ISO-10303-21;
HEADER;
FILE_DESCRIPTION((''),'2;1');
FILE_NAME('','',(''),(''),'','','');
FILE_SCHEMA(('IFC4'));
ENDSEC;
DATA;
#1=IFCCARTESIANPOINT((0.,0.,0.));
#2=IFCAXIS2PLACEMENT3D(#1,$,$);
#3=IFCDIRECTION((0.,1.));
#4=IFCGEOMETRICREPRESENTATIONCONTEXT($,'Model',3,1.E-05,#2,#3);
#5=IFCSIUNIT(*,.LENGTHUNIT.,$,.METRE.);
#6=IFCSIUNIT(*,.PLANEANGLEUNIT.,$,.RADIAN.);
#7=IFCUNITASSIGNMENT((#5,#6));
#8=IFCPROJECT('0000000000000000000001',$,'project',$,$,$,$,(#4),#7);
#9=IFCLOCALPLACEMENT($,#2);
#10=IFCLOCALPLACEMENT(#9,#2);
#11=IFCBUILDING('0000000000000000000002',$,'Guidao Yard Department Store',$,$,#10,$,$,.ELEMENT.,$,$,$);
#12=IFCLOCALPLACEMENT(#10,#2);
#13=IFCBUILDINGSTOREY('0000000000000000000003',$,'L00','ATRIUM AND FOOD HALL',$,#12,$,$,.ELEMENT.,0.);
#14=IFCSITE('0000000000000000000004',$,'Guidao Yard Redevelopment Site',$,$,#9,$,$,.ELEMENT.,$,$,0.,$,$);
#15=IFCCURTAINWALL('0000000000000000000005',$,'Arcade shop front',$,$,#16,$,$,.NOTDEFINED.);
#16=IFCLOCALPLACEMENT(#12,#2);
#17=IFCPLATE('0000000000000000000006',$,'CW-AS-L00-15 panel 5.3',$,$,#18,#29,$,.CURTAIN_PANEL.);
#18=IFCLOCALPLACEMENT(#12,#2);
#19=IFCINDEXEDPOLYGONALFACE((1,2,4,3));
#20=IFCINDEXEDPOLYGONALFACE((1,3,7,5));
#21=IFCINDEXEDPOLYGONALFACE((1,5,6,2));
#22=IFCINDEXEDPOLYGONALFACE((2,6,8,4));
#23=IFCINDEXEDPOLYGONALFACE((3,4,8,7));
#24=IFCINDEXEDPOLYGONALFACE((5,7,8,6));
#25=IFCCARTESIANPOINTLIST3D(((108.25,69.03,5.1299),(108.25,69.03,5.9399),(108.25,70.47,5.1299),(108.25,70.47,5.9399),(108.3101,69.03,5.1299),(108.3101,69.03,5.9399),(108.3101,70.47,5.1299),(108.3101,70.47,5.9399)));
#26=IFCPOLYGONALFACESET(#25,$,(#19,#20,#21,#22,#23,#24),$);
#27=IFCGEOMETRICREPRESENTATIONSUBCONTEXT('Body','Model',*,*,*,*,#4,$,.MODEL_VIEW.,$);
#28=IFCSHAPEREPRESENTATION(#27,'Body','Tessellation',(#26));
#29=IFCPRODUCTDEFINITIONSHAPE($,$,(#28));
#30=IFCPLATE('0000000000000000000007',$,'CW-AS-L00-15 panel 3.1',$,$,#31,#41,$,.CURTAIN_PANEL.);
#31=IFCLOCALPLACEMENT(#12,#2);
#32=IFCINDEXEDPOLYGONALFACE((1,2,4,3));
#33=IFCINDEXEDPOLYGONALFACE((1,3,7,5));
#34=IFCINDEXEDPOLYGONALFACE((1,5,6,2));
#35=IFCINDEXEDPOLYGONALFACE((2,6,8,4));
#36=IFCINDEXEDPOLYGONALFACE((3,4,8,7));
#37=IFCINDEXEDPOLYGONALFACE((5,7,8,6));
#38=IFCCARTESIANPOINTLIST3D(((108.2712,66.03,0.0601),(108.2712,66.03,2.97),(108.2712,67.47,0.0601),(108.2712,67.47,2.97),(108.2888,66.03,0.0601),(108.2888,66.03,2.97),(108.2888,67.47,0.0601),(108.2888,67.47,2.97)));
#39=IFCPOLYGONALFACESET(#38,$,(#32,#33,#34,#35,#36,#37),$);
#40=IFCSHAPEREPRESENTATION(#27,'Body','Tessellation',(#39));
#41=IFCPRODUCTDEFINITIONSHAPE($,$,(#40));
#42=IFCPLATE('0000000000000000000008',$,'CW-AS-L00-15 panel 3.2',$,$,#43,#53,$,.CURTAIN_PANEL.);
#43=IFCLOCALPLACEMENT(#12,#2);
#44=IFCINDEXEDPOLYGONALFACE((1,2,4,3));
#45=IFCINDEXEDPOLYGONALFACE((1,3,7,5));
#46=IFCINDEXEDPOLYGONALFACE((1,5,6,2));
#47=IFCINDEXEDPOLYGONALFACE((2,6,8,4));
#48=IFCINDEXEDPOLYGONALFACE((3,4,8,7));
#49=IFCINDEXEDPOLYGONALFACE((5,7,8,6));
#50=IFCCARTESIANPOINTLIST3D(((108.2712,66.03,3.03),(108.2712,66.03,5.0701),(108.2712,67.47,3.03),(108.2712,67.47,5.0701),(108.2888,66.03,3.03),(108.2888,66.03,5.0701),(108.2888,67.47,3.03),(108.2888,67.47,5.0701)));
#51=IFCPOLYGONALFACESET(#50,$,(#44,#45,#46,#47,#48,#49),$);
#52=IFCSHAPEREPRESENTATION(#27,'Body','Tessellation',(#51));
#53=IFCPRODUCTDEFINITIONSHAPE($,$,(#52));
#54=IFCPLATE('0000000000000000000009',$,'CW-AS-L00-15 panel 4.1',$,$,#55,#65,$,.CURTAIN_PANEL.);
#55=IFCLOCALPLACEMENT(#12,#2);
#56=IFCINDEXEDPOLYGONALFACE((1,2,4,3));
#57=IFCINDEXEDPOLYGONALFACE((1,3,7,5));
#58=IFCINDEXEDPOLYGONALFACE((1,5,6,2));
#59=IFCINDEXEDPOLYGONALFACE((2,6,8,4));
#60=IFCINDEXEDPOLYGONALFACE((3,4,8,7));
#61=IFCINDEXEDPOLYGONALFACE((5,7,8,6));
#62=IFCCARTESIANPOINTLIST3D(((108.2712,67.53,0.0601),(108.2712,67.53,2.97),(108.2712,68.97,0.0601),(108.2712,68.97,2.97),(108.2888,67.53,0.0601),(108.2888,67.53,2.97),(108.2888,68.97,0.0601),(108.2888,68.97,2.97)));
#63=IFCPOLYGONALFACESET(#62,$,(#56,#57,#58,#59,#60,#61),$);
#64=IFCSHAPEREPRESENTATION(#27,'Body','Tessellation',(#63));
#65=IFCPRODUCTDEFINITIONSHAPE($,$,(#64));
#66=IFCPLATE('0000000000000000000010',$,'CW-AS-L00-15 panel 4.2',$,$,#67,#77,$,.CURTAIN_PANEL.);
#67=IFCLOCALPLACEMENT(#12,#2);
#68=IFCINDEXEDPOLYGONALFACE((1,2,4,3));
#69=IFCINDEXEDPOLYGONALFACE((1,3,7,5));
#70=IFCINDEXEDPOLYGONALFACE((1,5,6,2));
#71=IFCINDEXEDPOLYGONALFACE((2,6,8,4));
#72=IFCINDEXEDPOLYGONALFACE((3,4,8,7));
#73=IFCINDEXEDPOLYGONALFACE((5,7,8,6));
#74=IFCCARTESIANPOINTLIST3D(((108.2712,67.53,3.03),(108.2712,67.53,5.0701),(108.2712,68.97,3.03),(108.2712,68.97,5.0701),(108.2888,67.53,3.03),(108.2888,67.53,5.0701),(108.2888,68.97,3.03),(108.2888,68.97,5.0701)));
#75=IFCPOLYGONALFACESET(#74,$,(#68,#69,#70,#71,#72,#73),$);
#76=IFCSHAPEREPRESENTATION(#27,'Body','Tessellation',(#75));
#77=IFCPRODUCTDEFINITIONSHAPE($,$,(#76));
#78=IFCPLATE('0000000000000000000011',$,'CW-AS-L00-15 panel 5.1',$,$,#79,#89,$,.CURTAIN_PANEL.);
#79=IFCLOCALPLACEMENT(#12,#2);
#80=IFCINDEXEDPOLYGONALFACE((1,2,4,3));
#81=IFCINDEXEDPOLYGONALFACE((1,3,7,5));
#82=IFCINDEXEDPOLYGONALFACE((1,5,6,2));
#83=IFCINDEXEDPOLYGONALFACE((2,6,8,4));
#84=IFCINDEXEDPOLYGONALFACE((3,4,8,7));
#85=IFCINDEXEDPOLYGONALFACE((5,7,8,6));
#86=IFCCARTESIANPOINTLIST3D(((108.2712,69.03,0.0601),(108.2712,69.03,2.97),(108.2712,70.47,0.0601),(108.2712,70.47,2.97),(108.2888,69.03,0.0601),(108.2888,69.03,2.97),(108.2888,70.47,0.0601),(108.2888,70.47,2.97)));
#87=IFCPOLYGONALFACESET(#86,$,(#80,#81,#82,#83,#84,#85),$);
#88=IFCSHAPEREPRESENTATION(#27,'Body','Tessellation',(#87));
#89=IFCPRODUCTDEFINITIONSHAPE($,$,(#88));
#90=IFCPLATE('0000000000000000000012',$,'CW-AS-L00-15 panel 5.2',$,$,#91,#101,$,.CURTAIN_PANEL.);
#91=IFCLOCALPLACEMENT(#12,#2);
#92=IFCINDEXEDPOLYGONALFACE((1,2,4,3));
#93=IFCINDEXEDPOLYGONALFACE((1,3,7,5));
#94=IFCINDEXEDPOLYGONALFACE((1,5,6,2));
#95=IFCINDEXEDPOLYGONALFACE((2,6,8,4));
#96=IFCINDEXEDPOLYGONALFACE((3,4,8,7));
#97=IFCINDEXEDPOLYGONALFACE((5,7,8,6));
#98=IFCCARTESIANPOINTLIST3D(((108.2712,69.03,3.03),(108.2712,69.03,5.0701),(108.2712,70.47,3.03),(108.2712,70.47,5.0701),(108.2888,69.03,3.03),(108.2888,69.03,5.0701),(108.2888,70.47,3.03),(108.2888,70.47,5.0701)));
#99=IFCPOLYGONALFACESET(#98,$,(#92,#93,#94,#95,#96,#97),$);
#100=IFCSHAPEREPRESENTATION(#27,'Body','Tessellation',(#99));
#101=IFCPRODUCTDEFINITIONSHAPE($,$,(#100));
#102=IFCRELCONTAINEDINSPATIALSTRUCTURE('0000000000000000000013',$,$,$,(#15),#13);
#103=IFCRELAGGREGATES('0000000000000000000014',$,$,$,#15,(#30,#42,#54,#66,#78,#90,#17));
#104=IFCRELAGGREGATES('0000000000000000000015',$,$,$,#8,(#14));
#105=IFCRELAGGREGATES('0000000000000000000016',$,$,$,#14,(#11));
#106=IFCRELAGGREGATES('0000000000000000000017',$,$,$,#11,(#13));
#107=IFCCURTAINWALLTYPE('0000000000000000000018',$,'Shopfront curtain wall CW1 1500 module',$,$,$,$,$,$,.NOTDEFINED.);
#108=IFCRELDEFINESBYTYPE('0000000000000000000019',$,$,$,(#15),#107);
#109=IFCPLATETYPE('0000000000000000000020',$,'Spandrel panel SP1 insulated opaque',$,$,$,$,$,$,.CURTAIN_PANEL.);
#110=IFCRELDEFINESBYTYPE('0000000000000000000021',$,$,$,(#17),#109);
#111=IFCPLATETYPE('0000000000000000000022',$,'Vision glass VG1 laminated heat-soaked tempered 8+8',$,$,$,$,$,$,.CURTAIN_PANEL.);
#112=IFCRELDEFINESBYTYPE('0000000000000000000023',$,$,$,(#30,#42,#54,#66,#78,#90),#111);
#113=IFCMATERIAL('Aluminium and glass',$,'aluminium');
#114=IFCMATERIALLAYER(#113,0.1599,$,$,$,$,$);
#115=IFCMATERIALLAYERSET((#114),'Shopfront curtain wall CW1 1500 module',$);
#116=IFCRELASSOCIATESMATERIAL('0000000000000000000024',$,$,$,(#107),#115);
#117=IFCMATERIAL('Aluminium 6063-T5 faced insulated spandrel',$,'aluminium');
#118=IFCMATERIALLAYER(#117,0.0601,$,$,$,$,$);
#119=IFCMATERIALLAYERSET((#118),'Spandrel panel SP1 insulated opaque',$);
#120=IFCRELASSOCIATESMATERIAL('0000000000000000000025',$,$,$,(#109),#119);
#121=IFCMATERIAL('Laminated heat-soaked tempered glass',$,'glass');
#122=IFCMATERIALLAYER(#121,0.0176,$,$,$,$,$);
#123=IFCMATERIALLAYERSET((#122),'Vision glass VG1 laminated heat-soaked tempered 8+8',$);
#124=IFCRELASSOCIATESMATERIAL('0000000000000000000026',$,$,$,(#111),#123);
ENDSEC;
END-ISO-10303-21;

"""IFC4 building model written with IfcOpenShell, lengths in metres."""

from ifc_helpers import new_model, si_unit, direction, frame, origin, origin_2d, place, context, subcontext, project, spatial, rectangle, extrude, material, layer, layer_set, type_object, element, aggregate, save


model = new_model("IFC4")

# Units and contexts
model_context = context("Model", 3, precision=1e-05, world=origin(), true_north=direction((0.0, 1.0)))
body_context = subcontext(model_context, "Body", "Model", "MODEL_VIEW")
ifc_project = project(units=[si_unit("LENGTHUNIT", "METRE"), si_unit("PLANEANGLEUNIT", "RADIAN")], contexts=[model_context])

# Site, building, storey
site_placement = place(None, origin())
site = spatial("IfcSite", under=ifc_project, at=site_placement, Name="Guidao Yard Redevelopment Site", CompositionType="ELEMENT", RefElevation=0.0)
building_placement = place(site_placement, origin())
building = spatial("IfcBuilding", under=site, at=building_placement, Name="Guidao Yard Department Store", CompositionType="ELEMENT")
storey_placement = place(building_placement, origin())
storey = spatial("IfcBuildingStorey", under=building, at=storey_placement, Name="L00", Description="ATRIUM AND FOOD HALL", CompositionType="ELEMENT", Elevation=0.0)

# Curtain wall, plates
ifc_material_1 = material(Name="Aluminium and glass", Category="aluminium")
ifc_layer_1 = layer(ifc_material_1, 0.1599)
ifc_layer_set_1 = layer_set([ifc_layer_1], Name="Shopfront curtain wall CW1 1500 module")
curtain_wall_type = type_object("IfcCurtainWallType", Name="Shopfront curtain wall CW1 1500 module", PredefinedType="NOTDEFINED", material=ifc_layer_set_1)
curtain_wall_placement = place(storey_placement, origin())
curtain_wall = element("IfcCurtainWall", 1, at=curtain_wall_placement, inside=storey, type_object=curtain_wall_type, Name="Arcade shop front", PredefinedType="NOTDEFINED")
ifc_material_2 = material(Name="Aluminium 6063-T5 faced insulated spandrel", Category="aluminium")
ifc_layer_2 = layer(ifc_material_2, 0.0601)
ifc_layer_set_2 = layer_set([ifc_layer_2], Name="Spandrel panel SP1 insulated opaque")
plate_type_1 = type_object("IfcPlateType", Name="Spandrel panel SP1 insulated opaque", PredefinedType="CURTAIN_PANEL", material=ifc_layer_set_2)
plate_1_placement = place(storey_placement, frame((108.28, 69.75, 5.1299), z_axis=(0.0, 0.0, 1.0), x_axis=(0.0, -1.0, 0.0)))
plate_1 = element("IfcPlate", 2, at=plate_1_placement, type_object=plate_type_1, Name="CW-AS-L00-15 panel 5.3", PredefinedType="CURTAIN_PANEL", context=body_context, shape_type="SweptSolid", body=[
    extrude(rectangle(XDim=1.4399, YDim=0.0601, at=origin_2d()), origin(), (0.0, 0.0, 1.0), 0.8101),
])
ifc_material_3 = material(Name="Laminated heat-soaked tempered glass", Category="glass")
ifc_layer_3 = layer(ifc_material_3, 0.0176)
ifc_layer_set_3 = layer_set([ifc_layer_3], Name="Vision glass VG1 laminated heat-soaked tempered 8+8")
plate_type_2 = type_object("IfcPlateType", Name="Vision glass VG1 laminated heat-soaked tempered 8+8", PredefinedType="CURTAIN_PANEL", material=ifc_layer_set_3)
plate_2_placement = place(storey_placement, frame((108.28, 66.75, 0.0601), z_axis=(0.0, 0.0, 1.0), x_axis=(0.0, -1.0, 0.0)))
plate_2 = element("IfcPlate", 3, at=plate_2_placement, type_object=plate_type_2, Name="CW-AS-L00-15 panel 3.1", PredefinedType="CURTAIN_PANEL", context=body_context, shape_type="SweptSolid", body=[
    extrude(rectangle(XDim=1.4399, YDim=0.0176, at=origin_2d()), origin(), (0.0, 0.0, 1.0), 2.9099),
])
plate_3_placement = place(storey_placement, frame((108.28, 66.75, 3.03), z_axis=(0.0, 0.0, 1.0), x_axis=(0.0, -1.0, 0.0)))
plate_3 = element("IfcPlate", 4, at=plate_3_placement, type_object=plate_type_2, Name="CW-AS-L00-15 panel 3.2", PredefinedType="CURTAIN_PANEL", context=body_context, shape_type="SweptSolid", body=[
    extrude(rectangle(XDim=1.4399, YDim=0.0176, at=origin_2d()), origin(), (0.0, 0.0, 1.0), 2.04),
])
plate_4_placement = place(storey_placement, frame((108.28, 68.25, 0.0601), z_axis=(0.0, 0.0, 1.0), x_axis=(0.0, -1.0, 0.0)))
plate_4 = element("IfcPlate", 5, at=plate_4_placement, type_object=plate_type_2, Name="CW-AS-L00-15 panel 4.1", PredefinedType="CURTAIN_PANEL", context=body_context, shape_type="SweptSolid", body=[
    extrude(rectangle(XDim=1.4399, YDim=0.0176, at=origin_2d()), origin(), (0.0, 0.0, 1.0), 2.9099),
])
plate_5_placement = place(storey_placement, frame((108.28, 68.25, 3.03), z_axis=(0.0, 0.0, 1.0), x_axis=(0.0, -1.0, 0.0)))
plate_5 = element("IfcPlate", 6, at=plate_5_placement, type_object=plate_type_2, Name="CW-AS-L00-15 panel 4.2", PredefinedType="CURTAIN_PANEL", context=body_context, shape_type="SweptSolid", body=[
    extrude(rectangle(XDim=1.4399, YDim=0.0176, at=origin_2d()), origin(), (0.0, 0.0, 1.0), 2.04),
])
plate_6_placement = place(storey_placement, frame((108.28, 69.75, 0.0601), z_axis=(0.0, 0.0, 1.0), x_axis=(0.0, -1.0, 0.0)))
plate_6 = element("IfcPlate", 7, at=plate_6_placement, type_object=plate_type_2, Name="CW-AS-L00-15 panel 5.1", PredefinedType="CURTAIN_PANEL", context=body_context, shape_type="SweptSolid", body=[
    extrude(rectangle(XDim=1.4399, YDim=0.0176, at=origin_2d()), origin(), (0.0, 0.0, 1.0), 2.9099),
])
plate_7_placement = place(storey_placement, frame((108.28, 69.75, 3.03), z_axis=(0.0, 0.0, 1.0), x_axis=(0.0, -1.0, 0.0)))
plate_7 = element("IfcPlate", 8, at=plate_7_placement, type_object=plate_type_2, Name="CW-AS-L00-15 panel 5.2", PredefinedType="CURTAIN_PANEL", context=body_context, shape_type="SweptSolid", body=[
    extrude(rectangle(XDim=1.4399, YDim=0.0176, at=origin_2d()), origin(), (0.0, 0.0, 1.0), 2.04),
])
aggregate(curtain_wall, [plate_2, plate_3, plate_4, plate_5, plate_6, plate_7, plate_1])

save(model, "model.ifc")
